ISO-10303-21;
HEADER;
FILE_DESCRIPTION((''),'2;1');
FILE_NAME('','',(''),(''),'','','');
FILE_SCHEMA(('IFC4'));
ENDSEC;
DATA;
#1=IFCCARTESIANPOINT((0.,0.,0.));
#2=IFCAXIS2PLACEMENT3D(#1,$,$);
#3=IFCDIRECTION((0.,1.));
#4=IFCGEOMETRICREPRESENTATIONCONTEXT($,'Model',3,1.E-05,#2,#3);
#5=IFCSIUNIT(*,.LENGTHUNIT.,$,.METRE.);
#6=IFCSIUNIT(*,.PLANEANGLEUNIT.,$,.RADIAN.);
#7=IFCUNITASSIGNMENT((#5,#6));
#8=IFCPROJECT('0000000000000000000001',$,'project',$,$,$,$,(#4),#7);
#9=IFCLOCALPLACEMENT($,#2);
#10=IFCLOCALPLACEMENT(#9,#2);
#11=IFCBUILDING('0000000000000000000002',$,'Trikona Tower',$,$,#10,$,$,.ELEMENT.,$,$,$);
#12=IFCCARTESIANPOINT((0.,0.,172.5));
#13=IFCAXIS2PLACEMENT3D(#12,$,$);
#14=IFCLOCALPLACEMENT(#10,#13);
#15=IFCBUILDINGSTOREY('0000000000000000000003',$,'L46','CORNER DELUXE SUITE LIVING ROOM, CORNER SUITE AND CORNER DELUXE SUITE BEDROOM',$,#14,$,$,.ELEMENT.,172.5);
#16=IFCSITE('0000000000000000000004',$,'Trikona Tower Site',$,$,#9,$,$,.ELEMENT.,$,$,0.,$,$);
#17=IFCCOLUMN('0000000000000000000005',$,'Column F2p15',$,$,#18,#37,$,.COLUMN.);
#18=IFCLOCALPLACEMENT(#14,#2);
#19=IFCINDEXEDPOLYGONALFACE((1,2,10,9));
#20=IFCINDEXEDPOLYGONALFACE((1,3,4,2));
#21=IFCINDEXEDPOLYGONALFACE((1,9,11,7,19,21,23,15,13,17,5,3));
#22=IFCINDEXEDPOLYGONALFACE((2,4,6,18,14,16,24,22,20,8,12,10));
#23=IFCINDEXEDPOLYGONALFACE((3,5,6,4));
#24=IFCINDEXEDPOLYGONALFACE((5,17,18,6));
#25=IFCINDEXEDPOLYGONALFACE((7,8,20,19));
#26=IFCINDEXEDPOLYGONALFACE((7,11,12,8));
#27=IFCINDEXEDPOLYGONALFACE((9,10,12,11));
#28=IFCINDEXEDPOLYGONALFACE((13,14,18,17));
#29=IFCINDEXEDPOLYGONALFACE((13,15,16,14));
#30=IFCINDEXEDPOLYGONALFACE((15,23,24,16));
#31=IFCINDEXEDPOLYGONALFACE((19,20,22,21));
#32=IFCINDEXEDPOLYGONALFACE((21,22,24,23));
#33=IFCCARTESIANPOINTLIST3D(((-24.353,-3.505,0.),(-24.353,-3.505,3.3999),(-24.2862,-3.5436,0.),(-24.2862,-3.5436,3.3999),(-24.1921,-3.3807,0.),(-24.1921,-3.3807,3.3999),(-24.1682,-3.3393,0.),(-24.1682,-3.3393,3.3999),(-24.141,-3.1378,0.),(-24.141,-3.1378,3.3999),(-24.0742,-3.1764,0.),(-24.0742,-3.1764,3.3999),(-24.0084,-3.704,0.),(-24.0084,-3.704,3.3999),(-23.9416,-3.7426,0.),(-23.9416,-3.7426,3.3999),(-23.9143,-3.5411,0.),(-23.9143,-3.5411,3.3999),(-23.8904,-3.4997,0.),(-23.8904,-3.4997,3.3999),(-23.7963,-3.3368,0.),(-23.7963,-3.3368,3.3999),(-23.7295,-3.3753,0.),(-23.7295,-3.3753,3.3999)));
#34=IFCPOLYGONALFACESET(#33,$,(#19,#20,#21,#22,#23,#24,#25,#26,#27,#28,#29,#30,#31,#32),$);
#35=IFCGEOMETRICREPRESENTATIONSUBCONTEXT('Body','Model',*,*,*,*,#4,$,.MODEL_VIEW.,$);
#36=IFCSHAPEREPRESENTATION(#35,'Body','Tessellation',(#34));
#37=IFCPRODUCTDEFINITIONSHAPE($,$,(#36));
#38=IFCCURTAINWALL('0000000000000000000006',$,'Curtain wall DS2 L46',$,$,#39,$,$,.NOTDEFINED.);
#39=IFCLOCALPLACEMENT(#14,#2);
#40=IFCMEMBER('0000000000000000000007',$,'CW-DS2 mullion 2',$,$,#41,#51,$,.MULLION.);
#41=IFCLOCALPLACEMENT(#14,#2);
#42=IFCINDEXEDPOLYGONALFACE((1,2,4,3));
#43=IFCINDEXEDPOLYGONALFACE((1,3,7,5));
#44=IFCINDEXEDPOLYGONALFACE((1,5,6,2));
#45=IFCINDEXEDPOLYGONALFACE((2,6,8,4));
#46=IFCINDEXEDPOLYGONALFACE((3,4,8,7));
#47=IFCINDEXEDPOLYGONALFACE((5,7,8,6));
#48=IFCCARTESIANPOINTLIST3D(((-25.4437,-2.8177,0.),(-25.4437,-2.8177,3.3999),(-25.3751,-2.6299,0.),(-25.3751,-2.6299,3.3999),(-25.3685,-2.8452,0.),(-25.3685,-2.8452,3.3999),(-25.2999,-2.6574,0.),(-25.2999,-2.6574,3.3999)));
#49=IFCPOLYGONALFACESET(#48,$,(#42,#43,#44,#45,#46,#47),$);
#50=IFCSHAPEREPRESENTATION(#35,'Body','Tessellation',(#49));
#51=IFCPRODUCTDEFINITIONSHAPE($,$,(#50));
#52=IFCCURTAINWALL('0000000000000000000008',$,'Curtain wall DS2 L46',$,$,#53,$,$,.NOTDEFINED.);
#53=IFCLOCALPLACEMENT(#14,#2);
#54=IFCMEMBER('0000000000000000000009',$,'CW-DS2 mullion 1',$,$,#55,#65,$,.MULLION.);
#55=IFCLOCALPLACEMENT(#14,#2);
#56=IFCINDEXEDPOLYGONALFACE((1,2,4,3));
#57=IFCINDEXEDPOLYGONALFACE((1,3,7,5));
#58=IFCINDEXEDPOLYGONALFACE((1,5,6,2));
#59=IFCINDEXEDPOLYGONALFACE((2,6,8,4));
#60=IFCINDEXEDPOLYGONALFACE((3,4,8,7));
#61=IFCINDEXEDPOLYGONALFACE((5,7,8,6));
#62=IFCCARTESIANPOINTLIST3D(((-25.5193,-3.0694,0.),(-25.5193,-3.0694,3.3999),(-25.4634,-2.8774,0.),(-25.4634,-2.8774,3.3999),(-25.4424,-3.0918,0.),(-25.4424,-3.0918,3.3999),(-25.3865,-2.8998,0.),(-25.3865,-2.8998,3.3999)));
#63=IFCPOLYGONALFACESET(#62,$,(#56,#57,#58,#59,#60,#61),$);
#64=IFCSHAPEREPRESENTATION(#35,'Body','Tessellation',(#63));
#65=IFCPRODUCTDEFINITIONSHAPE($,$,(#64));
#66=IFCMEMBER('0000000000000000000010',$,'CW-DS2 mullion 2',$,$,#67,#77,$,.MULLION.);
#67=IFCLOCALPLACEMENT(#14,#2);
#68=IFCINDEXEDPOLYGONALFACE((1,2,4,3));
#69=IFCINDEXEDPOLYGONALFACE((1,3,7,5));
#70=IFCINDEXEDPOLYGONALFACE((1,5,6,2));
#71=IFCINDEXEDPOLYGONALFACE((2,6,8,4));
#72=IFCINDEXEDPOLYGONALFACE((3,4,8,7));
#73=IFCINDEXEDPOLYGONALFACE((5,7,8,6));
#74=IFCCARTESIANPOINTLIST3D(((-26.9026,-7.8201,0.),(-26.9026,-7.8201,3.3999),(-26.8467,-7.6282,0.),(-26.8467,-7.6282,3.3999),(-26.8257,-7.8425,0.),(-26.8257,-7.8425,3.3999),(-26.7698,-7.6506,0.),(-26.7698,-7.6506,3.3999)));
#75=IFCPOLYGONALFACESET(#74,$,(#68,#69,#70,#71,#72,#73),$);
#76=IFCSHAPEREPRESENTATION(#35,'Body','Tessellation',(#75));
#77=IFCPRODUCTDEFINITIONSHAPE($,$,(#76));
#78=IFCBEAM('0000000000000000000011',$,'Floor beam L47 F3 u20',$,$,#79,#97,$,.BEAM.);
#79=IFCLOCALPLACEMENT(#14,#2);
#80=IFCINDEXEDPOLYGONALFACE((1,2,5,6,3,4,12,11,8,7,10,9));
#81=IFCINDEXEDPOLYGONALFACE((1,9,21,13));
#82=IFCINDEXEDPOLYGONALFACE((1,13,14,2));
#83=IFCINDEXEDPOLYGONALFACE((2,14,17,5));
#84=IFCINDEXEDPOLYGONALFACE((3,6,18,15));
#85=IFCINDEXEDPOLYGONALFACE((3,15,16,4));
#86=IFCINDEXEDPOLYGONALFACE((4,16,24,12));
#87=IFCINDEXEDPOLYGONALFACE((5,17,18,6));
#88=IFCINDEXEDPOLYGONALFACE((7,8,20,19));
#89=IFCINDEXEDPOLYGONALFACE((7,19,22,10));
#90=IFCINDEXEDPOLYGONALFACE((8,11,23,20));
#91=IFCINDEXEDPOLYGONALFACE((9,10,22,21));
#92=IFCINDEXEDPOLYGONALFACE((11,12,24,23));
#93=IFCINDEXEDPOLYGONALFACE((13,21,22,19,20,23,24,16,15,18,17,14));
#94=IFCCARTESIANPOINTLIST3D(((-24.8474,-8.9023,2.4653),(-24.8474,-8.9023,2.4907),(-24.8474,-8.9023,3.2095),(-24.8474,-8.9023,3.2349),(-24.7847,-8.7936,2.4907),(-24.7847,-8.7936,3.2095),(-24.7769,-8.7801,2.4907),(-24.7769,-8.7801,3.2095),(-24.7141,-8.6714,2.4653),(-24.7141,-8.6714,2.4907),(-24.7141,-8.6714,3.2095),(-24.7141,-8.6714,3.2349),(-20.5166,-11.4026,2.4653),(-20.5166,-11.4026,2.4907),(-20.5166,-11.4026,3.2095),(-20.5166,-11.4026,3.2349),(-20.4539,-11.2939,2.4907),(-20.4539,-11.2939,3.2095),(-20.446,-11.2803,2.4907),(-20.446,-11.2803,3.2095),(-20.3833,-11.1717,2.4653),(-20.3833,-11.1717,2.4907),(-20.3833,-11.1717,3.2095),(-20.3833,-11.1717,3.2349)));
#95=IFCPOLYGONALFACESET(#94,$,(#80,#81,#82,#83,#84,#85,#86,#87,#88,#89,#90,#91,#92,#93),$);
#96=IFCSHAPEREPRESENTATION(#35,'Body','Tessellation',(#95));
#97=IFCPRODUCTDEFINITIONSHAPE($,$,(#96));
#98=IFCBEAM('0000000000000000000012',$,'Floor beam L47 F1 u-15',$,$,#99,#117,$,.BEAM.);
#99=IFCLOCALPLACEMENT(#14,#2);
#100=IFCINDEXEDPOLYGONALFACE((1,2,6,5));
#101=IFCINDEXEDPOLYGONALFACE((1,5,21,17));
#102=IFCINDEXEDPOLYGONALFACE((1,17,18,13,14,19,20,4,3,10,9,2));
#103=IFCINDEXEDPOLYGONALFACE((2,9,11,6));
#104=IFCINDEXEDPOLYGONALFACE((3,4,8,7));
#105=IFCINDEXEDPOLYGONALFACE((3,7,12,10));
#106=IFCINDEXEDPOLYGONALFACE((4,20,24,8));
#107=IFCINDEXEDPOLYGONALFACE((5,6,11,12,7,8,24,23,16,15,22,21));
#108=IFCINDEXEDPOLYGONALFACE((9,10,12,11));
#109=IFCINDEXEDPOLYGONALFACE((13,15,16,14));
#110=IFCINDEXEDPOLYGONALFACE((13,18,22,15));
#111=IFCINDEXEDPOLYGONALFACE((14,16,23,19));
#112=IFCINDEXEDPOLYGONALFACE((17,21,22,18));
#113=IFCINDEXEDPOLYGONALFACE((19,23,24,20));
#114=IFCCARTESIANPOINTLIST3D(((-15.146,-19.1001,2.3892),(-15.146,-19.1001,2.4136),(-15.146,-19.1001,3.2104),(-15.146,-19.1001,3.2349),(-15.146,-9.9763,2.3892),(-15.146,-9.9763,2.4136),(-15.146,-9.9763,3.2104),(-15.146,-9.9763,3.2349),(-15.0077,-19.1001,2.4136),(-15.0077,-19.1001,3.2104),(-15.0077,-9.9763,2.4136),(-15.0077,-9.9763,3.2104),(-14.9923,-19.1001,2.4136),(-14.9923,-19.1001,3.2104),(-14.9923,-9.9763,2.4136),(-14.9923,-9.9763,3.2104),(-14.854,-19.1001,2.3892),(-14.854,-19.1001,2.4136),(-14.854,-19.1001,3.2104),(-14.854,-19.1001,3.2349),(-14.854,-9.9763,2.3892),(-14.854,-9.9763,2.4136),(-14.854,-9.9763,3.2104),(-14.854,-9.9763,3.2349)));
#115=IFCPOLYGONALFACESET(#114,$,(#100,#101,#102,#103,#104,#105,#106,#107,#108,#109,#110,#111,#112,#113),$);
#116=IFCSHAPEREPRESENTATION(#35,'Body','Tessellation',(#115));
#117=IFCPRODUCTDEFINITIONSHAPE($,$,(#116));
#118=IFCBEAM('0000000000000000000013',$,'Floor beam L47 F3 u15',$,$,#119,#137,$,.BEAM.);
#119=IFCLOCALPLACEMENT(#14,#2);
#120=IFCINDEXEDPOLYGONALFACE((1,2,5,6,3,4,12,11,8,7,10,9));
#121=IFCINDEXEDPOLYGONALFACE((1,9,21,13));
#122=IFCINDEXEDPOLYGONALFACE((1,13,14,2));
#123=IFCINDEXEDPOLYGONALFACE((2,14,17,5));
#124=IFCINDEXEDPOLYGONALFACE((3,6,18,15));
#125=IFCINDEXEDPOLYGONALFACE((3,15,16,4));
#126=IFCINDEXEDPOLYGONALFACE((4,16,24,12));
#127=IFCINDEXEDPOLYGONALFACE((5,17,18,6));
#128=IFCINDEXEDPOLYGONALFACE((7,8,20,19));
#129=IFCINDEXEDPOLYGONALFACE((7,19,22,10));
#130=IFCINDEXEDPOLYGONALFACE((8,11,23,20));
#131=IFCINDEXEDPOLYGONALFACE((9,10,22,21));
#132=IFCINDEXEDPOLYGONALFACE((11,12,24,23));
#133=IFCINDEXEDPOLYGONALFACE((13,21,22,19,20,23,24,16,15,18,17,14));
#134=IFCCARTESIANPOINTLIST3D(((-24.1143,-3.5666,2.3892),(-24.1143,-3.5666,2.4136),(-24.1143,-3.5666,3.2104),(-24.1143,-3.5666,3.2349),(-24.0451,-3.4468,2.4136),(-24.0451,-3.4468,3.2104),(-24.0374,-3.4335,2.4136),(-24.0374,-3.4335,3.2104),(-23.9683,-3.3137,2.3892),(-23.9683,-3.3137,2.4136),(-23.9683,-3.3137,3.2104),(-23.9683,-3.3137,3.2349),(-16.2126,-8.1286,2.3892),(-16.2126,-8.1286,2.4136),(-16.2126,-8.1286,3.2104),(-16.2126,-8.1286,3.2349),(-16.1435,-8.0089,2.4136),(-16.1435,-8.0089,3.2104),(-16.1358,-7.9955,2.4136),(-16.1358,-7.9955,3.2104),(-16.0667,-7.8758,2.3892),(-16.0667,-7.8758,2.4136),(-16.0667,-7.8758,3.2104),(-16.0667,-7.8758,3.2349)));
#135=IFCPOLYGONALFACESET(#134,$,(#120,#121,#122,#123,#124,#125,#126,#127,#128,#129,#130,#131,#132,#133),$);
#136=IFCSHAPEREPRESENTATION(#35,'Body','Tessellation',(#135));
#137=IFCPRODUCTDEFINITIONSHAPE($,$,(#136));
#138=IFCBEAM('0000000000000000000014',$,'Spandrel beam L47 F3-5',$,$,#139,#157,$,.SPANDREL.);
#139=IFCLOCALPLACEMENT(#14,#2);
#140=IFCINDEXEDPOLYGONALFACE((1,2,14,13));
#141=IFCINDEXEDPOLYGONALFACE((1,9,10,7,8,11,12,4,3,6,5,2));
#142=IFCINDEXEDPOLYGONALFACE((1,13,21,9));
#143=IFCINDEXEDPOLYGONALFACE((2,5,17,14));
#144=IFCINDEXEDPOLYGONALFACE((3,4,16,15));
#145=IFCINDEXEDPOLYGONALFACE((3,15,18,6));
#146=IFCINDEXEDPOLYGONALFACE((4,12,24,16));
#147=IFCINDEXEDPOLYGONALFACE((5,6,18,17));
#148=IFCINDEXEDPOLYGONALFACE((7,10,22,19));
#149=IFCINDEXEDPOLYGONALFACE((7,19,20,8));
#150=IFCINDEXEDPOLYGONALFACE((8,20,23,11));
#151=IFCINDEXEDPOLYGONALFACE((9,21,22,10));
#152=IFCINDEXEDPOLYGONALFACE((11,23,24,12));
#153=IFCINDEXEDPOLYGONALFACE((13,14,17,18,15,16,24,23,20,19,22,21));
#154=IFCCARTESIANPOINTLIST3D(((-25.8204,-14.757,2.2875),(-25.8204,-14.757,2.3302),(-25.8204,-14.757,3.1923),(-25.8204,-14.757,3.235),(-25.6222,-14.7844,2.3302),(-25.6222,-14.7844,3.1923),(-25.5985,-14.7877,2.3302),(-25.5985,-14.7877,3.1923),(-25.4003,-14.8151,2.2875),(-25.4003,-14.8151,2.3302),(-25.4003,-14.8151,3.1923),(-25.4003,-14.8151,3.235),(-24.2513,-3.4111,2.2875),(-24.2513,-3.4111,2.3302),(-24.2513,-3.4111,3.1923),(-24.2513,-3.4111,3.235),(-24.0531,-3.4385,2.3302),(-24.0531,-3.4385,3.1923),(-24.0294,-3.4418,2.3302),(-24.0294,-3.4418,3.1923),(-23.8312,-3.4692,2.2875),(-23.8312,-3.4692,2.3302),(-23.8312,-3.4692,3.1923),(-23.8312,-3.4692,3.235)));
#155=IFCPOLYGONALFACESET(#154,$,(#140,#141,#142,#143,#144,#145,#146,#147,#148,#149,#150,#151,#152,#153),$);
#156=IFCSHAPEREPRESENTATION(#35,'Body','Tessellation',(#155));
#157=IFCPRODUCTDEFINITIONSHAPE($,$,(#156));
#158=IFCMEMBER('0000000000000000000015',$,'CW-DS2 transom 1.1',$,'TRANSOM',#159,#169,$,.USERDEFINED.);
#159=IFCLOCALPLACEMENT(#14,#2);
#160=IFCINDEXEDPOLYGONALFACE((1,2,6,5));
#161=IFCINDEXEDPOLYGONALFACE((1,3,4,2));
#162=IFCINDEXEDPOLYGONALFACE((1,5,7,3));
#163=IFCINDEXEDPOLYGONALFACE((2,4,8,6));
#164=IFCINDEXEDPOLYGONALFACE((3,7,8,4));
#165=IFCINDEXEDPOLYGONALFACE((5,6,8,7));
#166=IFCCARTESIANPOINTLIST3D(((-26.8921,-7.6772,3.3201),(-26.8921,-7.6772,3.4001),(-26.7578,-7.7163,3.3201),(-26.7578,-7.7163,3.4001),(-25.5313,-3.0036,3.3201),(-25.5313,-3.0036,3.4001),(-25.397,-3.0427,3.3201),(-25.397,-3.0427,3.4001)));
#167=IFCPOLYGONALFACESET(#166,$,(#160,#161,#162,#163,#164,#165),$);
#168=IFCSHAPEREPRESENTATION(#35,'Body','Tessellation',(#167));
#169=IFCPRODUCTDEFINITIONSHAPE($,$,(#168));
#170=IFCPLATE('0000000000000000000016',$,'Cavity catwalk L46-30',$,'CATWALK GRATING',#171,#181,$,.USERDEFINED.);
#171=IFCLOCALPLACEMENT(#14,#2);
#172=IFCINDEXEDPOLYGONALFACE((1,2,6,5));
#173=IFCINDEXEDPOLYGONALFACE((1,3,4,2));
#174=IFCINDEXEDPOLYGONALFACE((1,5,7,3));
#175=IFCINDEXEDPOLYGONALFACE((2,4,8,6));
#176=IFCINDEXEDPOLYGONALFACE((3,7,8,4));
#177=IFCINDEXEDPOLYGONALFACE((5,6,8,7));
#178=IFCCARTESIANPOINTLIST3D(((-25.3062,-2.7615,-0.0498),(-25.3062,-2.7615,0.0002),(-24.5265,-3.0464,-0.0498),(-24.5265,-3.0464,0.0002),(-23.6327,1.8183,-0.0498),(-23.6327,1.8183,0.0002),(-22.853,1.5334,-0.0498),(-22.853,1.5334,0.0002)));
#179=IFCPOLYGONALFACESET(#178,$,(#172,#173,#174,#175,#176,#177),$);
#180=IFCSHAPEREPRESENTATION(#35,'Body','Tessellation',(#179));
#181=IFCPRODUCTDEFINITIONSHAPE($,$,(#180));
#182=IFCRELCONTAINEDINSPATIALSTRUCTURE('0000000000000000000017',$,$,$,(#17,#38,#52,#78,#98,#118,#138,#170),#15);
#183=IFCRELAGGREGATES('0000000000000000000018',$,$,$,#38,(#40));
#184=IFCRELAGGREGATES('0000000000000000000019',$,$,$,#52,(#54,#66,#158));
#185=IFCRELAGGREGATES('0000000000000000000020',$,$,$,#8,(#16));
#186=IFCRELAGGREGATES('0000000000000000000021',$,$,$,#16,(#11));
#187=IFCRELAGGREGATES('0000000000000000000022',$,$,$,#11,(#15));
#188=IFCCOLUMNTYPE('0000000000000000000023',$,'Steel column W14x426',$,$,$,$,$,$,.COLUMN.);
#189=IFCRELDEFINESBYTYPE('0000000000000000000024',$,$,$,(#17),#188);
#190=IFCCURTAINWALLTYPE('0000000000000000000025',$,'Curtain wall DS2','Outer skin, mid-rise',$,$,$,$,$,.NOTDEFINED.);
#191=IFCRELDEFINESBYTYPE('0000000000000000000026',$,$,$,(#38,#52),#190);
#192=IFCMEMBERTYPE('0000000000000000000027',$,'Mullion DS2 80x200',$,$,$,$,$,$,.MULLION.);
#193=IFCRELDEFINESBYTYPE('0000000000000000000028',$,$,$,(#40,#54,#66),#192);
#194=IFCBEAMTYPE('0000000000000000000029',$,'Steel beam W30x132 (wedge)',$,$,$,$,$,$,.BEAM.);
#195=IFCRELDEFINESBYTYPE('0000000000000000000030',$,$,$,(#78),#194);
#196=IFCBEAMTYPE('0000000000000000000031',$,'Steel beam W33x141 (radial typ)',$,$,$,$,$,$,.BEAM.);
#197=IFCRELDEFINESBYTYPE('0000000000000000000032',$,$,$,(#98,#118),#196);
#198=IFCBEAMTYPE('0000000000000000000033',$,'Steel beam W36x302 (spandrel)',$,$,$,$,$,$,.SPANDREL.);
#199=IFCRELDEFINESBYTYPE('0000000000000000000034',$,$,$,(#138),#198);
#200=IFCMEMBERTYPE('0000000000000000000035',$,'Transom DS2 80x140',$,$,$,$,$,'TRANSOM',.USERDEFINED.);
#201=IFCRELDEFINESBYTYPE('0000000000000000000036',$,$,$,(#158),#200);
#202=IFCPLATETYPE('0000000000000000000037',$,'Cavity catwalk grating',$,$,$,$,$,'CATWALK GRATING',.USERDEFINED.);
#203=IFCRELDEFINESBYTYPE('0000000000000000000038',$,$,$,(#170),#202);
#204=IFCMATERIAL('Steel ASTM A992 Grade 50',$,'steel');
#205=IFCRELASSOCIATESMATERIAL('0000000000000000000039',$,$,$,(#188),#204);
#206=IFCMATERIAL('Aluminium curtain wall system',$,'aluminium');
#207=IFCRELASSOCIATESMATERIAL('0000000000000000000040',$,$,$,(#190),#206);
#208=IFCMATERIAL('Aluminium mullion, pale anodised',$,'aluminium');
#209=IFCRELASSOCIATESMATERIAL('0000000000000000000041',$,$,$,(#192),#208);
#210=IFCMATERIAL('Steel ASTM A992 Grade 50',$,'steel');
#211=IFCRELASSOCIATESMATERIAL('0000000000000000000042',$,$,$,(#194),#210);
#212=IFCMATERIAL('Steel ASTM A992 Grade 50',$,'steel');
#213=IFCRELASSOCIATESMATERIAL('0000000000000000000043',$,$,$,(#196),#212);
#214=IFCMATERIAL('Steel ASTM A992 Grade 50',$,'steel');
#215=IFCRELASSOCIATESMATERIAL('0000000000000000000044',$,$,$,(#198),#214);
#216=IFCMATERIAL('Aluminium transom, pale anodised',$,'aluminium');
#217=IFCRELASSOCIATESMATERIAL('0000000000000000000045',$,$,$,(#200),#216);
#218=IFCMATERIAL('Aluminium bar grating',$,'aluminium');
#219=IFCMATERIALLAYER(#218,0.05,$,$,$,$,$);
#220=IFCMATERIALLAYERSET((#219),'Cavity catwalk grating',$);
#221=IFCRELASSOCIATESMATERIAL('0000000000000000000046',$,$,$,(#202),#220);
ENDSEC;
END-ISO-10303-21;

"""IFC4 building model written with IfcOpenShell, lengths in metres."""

from ifc_helpers import new_model, si_unit, direction, frame, origin, origin_2d, place, context, subcontext, project, spatial, rectangle, i_section, extrude, material, layer, layer_set, material_profile, profile_set, type_object, element, aggregate, save


model = new_model("IFC4")

# Units and contexts
model_context = context("Model", 3, precision=1e-05, world=origin(), true_north=direction((0.0, 1.0)))
body_context = subcontext(model_context, "Body", "Model", "MODEL_VIEW")
ifc_project = project(units=[si_unit("LENGTHUNIT", "METRE"), si_unit("PLANEANGLEUNIT", "RADIAN")], contexts=[model_context])

# Site, building, storey
site_placement = place(None, origin())
site = spatial("IfcSite", under=ifc_project, at=site_placement, Name="Trikona Tower Site", CompositionType="ELEMENT", RefElevation=0.0)
building_placement = place(site_placement, origin())
building = spatial("IfcBuilding", under=site, at=building_placement, Name="Trikona Tower", CompositionType="ELEMENT")
storey_placement = place(building_placement, frame((0.0, 0.0, 172.5)))
storey = spatial("IfcBuildingStorey", under=building, at=storey_placement, Name="L46", Description="CORNER DELUXE SUITE LIVING ROOM, CORNER SUITE AND CORNER DELUXE SUITE BEDROOM", CompositionType="ELEMENT", Elevation=172.5)

# Column
ifc_material_1 = material(Name="Steel ASTM A992 Grade 50", Category="steel")
ifc_material_profile_1 = material_profile(ifc_material_1, i_section(OverallWidth=0.4241, OverallDepth=0.4751, WebThickness=0.0479, FlangeThickness=0.0771, at=origin_2d()), Name="W14X426")
ifc_profile_set_1 = profile_set([ifc_material_profile_1], Name="Steel ASTM A992 Grade 50")
column_type = type_object("IfcColumnType", Name="Steel column W14x426", PredefinedType="COLUMN", material=ifc_profile_set_1)
column_placement = place(storey_placement, frame((-24.0413, -3.4402, 0.0), z_axis=(0.0, 0.0, 1.0), x_axis=(-0.5, -0.866025, 0.0)))
element("IfcColumn", 1, at=column_placement, inside=storey, type_object=column_type, Name="Column F2p15", PredefinedType="COLUMN", context=body_context, shape_type="SweptSolid", body=[
    extrude(i_section(OverallWidth=0.4241, OverallDepth=0.4751, WebThickness=0.0479, FlangeThickness=0.0771, at=origin_2d()), origin(), (0.0, 0.0, 1.0), 3.3999),
])

# Curtain wall, member
ifc_material_2 = material(Name="Aluminium curtain wall system", Category="aluminium")
curtain_wall_type = type_object("IfcCurtainWallType", Name="Curtain wall DS2", Description="Outer skin, mid-rise", PredefinedType="NOTDEFINED", material=ifc_material_2)
curtain_wall_1_placement = place(storey_placement, origin())
curtain_wall_1 = element("IfcCurtainWall", 2, at=curtain_wall_1_placement, inside=storey, type_object=curtain_wall_type, Name="Curtain wall DS2 L46", PredefinedType="NOTDEFINED")
ifc_material_3 = material(Name="Aluminium mullion, pale anodised", Category="aluminium")
ifc_material_profile_2 = material_profile(ifc_material_3, rectangle(XDim=0.0801, YDim=0.2, at=origin_2d()), Name="MUL-DS2")
ifc_profile_set_2 = profile_set([ifc_material_profile_2], Name="Aluminium mullion, pale anodised")
member_type_1 = type_object("IfcMemberType", Name="Mullion DS2 80x200", PredefinedType="MULLION", material=ifc_profile_set_2)
member_1_placement = place(storey_placement, frame((-25.3718, -2.7375, 0.0), z_axis=(0.0, 0.0, 1.0), x_axis=(0.939254, -0.343223, 0.0)))
member_1 = element("IfcMember", 3, at=member_1_placement, type_object=member_type_1, Name="CW-DS2 mullion 2", PredefinedType="MULLION", context=body_context, shape_type="SweptSolid", body=[
    extrude(rectangle(XDim=0.0801, YDim=0.2, at=origin_2d()), origin(), (0.0, 0.0, 1.0), 3.3999),
])
aggregate(curtain_wall_1, [member_1])

# Curtain wall, members
curtain_wall_2_placement = place(storey_placement, origin())
curtain_wall_2 = element("IfcCurtainWall", 4, at=curtain_wall_2_placement, inside=storey, type_object=curtain_wall_type, Name="Curtain wall DS2 L46", PredefinedType="NOTDEFINED")
member_2_placement = place(storey_placement, frame((-25.4529, -2.9846, 0.0), z_axis=(0.0, 0.0, 1.0), x_axis=(0.960133, -0.279543, 0.0)))
member_2 = element("IfcMember", 5, at=member_2_placement, type_object=member_type_1, Name="CW-DS2 mullion 1", PredefinedType="MULLION", context=body_context, shape_type="SweptSolid", body=[
    extrude(rectangle(XDim=0.0801, YDim=0.2, at=origin_2d()), origin(), (0.0, 0.0, 1.0), 3.3999),
])
member_3_placement = place(storey_placement, frame((-26.8362, -7.7354, 0.0), z_axis=(0.0, 0.0, 1.0), x_axis=(0.960133, -0.279543, 0.0)))
member_3 = element("IfcMember", 6, at=member_3_placement, type_object=member_type_1, Name="CW-DS2 mullion 2", PredefinedType="MULLION", context=body_context, shape_type="SweptSolid", body=[
    extrude(rectangle(XDim=0.0801, YDim=0.2, at=origin_2d()), origin(), (0.0, 0.0, 1.0), 3.3999),
])

# Beams
ifc_material_4 = material(Name="Steel ASTM A992 Grade 50", Category="steel")
ifc_material_profile_3 = material_profile(ifc_material_4, i_section(OverallWidth=0.2666, OverallDepth=0.7695, WebThickness=0.0156, FlangeThickness=0.0254, at=origin_2d()), Name="W30X132")
ifc_profile_set_3 = profile_set([ifc_material_profile_3], Name="Steel ASTM A992 Grade 50")
beam_type_1 = type_object("IfcBeamType", Name="Steel beam W30x132 (wedge)", PredefinedType="BEAM", material=ifc_profile_set_3)
beam_1_placement = place(storey_placement, frame((-20.45, -11.2871, 2.8501), z_axis=(-0.866038, 0.499977, 0.0), x_axis=(-0.499977, -0.866038, 0.0)))
element("IfcBeam", 7, at=beam_1_placement, inside=storey, type_object=beam_type_1, Name="Floor beam L47 F3 u20", PredefinedType="BEAM", context=body_context, shape_type="SweptSolid", body=[
    extrude(i_section(OverallWidth=0.2666, OverallDepth=0.7695, WebThickness=0.0156, FlangeThickness=0.0254, at=origin_2d()), origin(), (0.0, 0.0, 1.0), 5.0007),
])
ifc_material_5 = material(Name="Steel ASTM A992 Grade 50", Category="steel")
ifc_material_profile_4 = material_profile(ifc_material_5, i_section(OverallWidth=0.292, OverallDepth=0.8457, WebThickness=0.0154, FlangeThickness=0.0244, at=origin_2d()), Name="W33X141")
ifc_profile_set_4 = profile_set([ifc_material_profile_4], Name="Steel ASTM A992 Grade 50")
beam_type_2 = type_object("IfcBeamType", Name="Steel beam W33x141 (radial typ)", PredefinedType="BEAM", material=ifc_profile_set_4)
beam_2_placement = place(storey_placement, frame((-15.0, -9.9763, 2.812), z_axis=(0.0, -1.0, 0.0), x_axis=(1.0, 0.0, 0.0)))
element("IfcBeam", 8, at=beam_2_placement, inside=storey, type_object=beam_type_2, Name="Floor beam L47 F1 u-15", PredefinedType="BEAM", context=body_context, shape_type="SweptSolid", body=[
    extrude(i_section(OverallWidth=0.292, OverallDepth=0.8457, WebThickness=0.0154, FlangeThickness=0.0244, at=origin_2d()), origin(), (0.0, 0.0, 1.0), 9.1238),
])
beam_3_placement = place(storey_placement, frame((-16.1396, -8.0022, 2.812), z_axis=(-0.866025, 0.500001, 0.0), x_axis=(-0.500001, -0.866025, 0.0)))
element("IfcBeam", 9, at=beam_3_placement, inside=storey, type_object=beam_type_2, Name="Floor beam L47 F3 u15", PredefinedType="BEAM", context=body_context, shape_type="SweptSolid", body=[
    extrude(i_section(OverallWidth=0.292, OverallDepth=0.8457, WebThickness=0.0154, FlangeThickness=0.0244, at=origin_2d()), origin(), (0.0, 0.0, 1.0), 9.124),
])
ifc_material_6 = material(Name="Steel ASTM A992 Grade 50", Category="steel")
ifc_material_profile_5 = material_profile(ifc_material_6, i_section(OverallWidth=0.4241, OverallDepth=0.9475, WebThickness=0.0239, FlangeThickness=0.0427, at=origin_2d()), Name="W36X302")
ifc_profile_set_5 = profile_set([ifc_material_profile_5], Name="Steel ASTM A992 Grade 50")
beam_type_3 = type_object("IfcBeamType", Name="Steel beam W36x302 (spandrel)", PredefinedType="SPANDREL", material=ifc_profile_set_5)
beam_4_placement = place(storey_placement, frame((-24.0413, -3.4402, 2.7612), z_axis=(-0.136992, -0.990572, 0.0), x_axis=(0.990572, -0.136992, 0.0)))
element("IfcBeam", 10, at=beam_4_placement, inside=storey, type_object=beam_type_3, Name="Spandrel beam L47 F3-5", PredefinedType="SPANDREL", context=body_context, shape_type="SweptSolid", body=[
    extrude(i_section(OverallWidth=0.4241, OverallDepth=0.9475, WebThickness=0.0239, FlangeThickness=0.0427, at=origin_2d()), origin(), (0.0, 0.0, 1.0), 11.4539),
])

# Member
ifc_material_7 = material(Name="Aluminium transom, pale anodised", Category="aluminium")
ifc_material_profile_6 = material_profile(ifc_material_7, rectangle(XDim=0.1399, YDim=0.0801, at=origin_2d()), Name="TRN-DS2")
ifc_profile_set_6 = profile_set([ifc_material_profile_6], Name="Aluminium transom, pale anodised")
member_type_2 = type_object("IfcMemberType", Name="Transom DS2 80x140", ElementType="TRANSOM", PredefinedType="USERDEFINED", material=ifc_profile_set_6)
member_4_placement = place(storey_placement, frame((-25.4641, -3.0232, 3.3601), z_axis=(-0.279567, -0.960126, 0.0), x_axis=(0.960126, -0.279567, 0.0)))
member_4 = element("IfcMember", 11, at=member_4_placement, type_object=member_type_2, Name="CW-DS2 transom 1.1", ObjectType="TRANSOM", PredefinedType="USERDEFINED", context=body_context, shape_type="SweptSolid", body=[
    extrude(rectangle(XDim=0.1399, YDim=0.0801, at=origin_2d()), origin(), (0.0, 0.0, 1.0), 4.8677),
])

# Plate
ifc_material_8 = material(Name="Aluminium bar grating", Category="aluminium")
ifc_layer_1 = layer(ifc_material_8, 0.05)
ifc_layer_set_1 = layer_set([ifc_layer_1], Name="Cavity catwalk grating")
plate_type_1 = type_object("IfcPlateType", Name="Cavity catwalk grating", ElementType="CATWALK GRATING", PredefinedType="USERDEFINED", material=ifc_layer_set_1)
plate_1_placement = place(storey_placement, frame((-24.0796, -0.614, -0.0498), z_axis=(0.0, 0.0, 1.0), x_axis=(-0.34322, -0.939255, 0.0)))
element("IfcPlate", 12, at=plate_1_placement, inside=storey, type_object=plate_type_1, Name="Cavity catwalk L46-30", ObjectType="CATWALK GRATING", PredefinedType="USERDEFINED", context=body_context, shape_type="SweptSolid", body=[
    extrude(rectangle(XDim=4.876, YDim=0.8301, at=origin_2d()), origin(), (0.0, 0.0, 1.0), 0.05),
])

aggregate(curtain_wall_2, [member_2, member_3, member_4])

save(model, "model.ifc")
